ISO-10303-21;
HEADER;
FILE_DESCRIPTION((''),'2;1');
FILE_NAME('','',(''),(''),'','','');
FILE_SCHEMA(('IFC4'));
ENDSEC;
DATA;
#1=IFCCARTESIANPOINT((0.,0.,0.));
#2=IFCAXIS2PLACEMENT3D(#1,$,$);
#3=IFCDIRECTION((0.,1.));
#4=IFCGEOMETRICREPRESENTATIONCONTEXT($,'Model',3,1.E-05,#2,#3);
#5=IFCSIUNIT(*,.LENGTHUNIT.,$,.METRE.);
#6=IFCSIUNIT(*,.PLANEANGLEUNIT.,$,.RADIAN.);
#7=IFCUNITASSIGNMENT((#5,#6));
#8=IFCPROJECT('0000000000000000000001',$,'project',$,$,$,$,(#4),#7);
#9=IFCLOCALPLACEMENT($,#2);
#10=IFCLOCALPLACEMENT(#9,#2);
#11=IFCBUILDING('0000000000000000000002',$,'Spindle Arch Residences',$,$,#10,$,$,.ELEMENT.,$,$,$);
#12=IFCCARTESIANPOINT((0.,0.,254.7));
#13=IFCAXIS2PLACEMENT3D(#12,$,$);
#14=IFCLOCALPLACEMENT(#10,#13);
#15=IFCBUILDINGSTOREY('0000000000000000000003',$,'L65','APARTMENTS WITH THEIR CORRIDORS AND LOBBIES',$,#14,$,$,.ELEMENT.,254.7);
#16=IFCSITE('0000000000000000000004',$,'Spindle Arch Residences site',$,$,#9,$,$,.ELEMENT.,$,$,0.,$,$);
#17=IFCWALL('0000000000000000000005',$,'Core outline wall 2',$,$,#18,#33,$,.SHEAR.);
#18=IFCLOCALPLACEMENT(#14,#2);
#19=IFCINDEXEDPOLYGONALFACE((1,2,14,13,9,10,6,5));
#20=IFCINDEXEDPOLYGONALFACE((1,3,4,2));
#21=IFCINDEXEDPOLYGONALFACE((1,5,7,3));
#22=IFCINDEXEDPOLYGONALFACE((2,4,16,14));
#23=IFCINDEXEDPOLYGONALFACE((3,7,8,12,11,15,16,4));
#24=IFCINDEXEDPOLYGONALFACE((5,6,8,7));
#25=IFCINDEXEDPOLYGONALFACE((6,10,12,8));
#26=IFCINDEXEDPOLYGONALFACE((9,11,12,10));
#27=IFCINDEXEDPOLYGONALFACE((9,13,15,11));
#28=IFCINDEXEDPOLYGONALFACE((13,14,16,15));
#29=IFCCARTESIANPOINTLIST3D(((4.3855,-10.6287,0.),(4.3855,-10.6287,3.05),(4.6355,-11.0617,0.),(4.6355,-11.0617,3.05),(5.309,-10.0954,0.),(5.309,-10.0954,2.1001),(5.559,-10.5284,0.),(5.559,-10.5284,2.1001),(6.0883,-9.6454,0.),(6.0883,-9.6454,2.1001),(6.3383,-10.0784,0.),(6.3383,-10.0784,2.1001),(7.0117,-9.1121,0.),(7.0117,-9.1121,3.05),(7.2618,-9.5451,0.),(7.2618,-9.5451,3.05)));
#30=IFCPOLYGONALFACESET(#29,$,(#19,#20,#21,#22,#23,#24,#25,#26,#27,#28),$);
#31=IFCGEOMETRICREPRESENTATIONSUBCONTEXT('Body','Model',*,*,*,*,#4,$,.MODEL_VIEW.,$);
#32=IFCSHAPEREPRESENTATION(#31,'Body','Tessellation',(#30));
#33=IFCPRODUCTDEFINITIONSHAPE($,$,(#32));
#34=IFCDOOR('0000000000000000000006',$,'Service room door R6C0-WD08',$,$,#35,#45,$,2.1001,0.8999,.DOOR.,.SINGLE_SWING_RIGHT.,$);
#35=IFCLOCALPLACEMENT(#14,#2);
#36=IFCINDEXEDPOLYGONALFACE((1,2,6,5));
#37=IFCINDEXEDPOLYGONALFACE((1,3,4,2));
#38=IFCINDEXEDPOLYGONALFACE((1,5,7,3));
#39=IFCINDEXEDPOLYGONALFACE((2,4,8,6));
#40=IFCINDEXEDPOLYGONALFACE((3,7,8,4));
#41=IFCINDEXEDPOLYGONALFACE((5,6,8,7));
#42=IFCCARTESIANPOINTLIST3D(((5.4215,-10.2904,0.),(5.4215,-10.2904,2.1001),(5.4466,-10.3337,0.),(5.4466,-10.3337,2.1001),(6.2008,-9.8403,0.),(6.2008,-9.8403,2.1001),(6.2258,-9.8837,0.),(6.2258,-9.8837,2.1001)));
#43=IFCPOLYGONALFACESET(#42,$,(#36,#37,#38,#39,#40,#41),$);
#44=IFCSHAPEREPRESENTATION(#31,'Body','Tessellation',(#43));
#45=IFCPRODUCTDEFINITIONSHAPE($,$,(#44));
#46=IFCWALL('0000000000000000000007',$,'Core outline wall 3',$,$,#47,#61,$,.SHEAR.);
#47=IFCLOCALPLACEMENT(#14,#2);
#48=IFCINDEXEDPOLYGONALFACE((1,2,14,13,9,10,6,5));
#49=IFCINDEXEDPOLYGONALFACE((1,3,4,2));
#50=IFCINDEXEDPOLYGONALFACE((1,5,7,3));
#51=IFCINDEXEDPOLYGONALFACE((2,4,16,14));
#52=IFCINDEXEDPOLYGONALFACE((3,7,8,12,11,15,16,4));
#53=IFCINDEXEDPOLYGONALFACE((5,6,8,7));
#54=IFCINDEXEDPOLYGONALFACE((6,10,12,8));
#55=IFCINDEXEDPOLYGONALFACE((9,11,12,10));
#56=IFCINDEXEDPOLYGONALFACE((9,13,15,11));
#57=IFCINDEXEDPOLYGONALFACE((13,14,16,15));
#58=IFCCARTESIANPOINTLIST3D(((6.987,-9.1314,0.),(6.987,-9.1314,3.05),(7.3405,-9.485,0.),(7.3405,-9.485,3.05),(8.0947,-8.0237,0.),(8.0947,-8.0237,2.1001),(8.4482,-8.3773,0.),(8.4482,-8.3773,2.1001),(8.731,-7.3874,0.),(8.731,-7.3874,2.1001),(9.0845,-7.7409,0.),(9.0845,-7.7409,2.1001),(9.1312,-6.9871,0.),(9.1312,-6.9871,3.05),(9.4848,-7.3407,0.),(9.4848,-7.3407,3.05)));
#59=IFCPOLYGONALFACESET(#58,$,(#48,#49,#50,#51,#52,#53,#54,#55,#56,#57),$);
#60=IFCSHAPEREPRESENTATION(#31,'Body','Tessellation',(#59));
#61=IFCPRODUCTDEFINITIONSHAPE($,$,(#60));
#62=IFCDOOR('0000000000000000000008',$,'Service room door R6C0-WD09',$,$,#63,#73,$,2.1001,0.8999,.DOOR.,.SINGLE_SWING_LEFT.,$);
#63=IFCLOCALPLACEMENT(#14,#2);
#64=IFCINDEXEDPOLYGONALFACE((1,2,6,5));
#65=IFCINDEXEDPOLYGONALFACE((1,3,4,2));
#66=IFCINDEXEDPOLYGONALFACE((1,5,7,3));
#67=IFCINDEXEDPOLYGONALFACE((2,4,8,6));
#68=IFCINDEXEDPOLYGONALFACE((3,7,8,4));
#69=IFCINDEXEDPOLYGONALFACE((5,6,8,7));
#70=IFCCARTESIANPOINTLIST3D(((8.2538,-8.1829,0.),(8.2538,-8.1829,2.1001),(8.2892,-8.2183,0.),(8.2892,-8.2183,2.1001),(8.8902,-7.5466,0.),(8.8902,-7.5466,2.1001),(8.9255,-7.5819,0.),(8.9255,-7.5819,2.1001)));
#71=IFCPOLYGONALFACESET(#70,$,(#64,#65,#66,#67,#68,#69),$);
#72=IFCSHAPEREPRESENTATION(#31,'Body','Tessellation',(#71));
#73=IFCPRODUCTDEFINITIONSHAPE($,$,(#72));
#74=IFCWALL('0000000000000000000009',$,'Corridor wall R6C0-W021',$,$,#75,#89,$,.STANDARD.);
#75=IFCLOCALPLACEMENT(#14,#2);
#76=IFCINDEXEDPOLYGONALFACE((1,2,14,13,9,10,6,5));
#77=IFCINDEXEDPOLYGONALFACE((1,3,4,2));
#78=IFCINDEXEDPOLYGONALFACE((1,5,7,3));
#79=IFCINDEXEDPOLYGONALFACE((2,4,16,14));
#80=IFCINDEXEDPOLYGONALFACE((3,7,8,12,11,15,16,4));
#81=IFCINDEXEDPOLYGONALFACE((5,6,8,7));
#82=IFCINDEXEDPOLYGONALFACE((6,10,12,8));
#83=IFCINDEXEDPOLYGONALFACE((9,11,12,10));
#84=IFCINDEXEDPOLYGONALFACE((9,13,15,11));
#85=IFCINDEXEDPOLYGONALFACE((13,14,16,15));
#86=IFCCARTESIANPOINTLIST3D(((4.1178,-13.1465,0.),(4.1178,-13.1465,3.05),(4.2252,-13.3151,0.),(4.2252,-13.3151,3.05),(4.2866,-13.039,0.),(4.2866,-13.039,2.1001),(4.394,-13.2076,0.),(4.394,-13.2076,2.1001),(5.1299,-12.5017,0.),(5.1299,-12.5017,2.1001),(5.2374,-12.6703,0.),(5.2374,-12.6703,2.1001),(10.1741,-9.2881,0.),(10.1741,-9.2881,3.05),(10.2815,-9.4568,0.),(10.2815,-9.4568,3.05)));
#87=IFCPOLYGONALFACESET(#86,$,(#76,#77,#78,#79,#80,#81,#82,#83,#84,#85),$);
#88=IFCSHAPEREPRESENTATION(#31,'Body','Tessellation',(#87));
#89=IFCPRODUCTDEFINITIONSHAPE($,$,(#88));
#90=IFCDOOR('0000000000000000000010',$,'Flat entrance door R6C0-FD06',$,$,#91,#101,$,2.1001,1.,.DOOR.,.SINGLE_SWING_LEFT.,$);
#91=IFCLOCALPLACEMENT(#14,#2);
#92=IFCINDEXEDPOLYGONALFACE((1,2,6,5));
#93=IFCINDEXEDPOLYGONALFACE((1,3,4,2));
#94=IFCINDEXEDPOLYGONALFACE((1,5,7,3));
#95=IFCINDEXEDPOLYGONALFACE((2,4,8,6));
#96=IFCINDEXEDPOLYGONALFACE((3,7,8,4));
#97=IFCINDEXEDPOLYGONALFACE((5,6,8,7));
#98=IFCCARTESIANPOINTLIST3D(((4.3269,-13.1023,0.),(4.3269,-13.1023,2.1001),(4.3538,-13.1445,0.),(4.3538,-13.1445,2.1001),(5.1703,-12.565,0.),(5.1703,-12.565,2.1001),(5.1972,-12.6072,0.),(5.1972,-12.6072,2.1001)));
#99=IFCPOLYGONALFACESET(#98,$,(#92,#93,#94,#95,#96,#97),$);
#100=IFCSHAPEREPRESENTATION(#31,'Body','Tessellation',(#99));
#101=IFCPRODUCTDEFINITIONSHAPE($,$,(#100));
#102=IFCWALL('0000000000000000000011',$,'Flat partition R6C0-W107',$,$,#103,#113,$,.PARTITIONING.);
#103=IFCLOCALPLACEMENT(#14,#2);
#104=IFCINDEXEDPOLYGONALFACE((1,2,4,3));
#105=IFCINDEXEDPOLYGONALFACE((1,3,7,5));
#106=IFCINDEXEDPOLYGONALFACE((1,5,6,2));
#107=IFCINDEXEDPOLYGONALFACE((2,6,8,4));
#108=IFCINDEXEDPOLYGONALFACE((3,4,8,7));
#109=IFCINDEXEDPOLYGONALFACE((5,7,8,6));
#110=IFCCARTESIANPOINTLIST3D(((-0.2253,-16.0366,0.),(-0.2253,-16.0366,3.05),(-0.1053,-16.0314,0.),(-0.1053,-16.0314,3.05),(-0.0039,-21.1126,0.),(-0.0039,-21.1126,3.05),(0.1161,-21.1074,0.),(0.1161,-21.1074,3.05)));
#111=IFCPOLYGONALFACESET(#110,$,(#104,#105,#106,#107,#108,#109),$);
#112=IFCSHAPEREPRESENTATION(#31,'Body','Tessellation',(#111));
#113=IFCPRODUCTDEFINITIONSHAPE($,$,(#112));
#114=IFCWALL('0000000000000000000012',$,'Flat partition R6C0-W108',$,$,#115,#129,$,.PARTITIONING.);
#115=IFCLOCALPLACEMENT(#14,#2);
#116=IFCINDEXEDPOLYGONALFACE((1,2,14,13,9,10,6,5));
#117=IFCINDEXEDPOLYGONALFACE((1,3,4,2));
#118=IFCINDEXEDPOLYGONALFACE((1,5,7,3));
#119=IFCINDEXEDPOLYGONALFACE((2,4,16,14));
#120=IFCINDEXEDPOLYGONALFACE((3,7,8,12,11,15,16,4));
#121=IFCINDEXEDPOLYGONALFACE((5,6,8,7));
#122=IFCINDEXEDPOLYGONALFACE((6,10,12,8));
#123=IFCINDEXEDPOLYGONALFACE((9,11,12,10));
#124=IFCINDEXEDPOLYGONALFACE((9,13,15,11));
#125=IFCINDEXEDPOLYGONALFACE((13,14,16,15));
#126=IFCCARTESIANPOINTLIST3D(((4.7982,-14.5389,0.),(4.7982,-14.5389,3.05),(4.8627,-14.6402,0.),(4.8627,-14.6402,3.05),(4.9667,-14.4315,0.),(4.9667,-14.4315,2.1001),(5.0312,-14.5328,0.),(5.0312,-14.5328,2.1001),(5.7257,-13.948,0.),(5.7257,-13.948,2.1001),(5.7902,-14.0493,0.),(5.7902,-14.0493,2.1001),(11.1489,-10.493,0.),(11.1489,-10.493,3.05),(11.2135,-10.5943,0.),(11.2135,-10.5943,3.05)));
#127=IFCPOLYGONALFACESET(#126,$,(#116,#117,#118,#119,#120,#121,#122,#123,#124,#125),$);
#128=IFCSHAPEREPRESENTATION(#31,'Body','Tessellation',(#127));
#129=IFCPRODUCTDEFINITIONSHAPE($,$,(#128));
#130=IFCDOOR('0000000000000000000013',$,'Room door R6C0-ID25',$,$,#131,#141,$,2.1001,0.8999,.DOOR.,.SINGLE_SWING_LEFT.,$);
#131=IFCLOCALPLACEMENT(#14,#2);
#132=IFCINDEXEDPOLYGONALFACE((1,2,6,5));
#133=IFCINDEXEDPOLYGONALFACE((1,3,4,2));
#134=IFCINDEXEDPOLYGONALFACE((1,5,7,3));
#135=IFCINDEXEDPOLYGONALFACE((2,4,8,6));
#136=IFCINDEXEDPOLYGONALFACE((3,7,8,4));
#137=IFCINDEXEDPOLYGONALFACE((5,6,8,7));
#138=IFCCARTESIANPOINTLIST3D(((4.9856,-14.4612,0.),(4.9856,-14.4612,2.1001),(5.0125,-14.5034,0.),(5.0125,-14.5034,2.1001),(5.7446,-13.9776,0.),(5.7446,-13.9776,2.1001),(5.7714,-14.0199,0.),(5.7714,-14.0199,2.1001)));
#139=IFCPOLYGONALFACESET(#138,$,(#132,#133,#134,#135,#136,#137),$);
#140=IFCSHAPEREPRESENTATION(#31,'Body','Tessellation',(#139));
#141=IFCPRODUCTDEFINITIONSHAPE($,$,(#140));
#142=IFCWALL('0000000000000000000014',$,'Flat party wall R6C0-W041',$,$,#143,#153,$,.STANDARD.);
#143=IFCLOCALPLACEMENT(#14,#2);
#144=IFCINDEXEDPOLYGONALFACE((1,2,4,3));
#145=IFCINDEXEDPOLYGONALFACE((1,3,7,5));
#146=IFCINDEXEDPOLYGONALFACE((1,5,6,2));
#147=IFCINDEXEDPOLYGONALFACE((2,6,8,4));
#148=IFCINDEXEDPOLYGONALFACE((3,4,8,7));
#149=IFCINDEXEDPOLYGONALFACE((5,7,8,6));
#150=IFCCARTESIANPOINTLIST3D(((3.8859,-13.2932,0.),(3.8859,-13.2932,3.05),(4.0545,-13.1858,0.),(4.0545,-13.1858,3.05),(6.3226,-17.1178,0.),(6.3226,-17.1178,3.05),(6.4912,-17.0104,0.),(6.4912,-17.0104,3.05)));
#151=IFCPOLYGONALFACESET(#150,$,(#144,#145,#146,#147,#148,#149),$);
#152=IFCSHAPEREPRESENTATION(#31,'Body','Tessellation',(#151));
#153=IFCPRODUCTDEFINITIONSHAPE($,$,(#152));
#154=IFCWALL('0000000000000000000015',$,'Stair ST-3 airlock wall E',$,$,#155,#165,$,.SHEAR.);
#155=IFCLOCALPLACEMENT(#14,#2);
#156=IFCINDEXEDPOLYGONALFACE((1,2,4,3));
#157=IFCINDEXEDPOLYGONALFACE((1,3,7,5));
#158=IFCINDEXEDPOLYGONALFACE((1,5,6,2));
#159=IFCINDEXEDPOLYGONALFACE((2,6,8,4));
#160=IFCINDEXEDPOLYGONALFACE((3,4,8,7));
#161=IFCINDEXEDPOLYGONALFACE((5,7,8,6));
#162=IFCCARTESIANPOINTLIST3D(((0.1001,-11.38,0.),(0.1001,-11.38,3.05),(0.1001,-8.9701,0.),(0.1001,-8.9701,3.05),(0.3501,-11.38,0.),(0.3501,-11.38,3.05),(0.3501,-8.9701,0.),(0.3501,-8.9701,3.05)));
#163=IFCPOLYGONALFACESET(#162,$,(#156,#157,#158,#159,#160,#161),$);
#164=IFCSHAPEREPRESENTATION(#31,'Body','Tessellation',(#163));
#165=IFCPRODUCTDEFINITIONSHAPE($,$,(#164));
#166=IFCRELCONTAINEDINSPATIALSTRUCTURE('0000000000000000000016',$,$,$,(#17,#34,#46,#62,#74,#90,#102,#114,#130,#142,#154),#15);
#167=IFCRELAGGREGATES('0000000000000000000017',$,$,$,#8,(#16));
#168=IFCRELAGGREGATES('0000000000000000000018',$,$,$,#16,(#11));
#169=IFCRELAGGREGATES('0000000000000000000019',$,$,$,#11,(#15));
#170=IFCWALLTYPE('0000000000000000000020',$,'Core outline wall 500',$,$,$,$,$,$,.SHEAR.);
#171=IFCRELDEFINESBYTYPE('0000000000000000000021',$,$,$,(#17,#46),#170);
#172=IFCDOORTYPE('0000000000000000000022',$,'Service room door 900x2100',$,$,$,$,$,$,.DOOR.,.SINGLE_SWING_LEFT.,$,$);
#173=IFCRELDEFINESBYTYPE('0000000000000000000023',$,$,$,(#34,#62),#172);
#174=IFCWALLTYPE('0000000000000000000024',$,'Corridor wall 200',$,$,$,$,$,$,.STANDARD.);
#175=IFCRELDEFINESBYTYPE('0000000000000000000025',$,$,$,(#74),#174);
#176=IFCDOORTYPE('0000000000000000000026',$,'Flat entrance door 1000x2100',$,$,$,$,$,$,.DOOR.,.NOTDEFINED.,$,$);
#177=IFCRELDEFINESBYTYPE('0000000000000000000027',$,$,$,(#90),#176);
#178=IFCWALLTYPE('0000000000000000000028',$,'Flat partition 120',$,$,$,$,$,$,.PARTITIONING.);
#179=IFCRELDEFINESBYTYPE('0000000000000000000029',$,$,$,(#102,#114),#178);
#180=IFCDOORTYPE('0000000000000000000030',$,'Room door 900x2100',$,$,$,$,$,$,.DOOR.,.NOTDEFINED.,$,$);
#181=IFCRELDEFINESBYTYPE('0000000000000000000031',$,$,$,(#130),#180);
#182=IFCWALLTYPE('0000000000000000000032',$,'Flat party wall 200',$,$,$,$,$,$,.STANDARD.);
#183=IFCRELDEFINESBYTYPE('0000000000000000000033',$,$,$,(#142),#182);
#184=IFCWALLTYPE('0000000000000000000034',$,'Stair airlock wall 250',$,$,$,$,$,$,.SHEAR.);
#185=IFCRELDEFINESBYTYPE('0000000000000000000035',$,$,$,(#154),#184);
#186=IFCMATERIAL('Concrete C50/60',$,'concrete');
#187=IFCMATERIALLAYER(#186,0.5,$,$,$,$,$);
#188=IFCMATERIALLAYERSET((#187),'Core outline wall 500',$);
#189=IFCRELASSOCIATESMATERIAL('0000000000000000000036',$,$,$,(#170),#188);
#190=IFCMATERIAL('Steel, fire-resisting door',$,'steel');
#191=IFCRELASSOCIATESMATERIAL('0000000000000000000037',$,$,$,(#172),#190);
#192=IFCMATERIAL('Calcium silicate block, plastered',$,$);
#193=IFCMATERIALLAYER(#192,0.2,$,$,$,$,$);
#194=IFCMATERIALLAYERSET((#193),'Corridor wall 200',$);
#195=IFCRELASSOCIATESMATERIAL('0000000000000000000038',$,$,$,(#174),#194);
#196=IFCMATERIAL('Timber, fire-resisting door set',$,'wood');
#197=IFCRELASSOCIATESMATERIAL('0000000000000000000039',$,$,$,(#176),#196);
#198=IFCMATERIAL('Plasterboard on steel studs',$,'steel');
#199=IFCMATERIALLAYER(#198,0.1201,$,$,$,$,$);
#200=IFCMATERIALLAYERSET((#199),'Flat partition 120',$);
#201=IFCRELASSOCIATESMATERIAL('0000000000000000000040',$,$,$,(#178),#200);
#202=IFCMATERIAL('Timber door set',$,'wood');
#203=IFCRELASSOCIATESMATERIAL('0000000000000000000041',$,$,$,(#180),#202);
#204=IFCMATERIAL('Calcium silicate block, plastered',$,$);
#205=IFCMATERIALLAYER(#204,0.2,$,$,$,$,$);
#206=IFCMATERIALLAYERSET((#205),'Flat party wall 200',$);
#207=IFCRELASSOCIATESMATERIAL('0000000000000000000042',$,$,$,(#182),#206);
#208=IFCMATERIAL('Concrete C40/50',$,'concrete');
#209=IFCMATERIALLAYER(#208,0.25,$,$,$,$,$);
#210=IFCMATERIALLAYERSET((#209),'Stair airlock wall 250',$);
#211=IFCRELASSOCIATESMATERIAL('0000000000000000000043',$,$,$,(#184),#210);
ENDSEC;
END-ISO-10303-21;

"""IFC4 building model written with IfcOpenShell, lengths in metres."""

from ifc_helpers import new_model, si_unit, direction, frame, frame_2d, origin, place, context, subcontext, project, spatial, rectangle, extrude, material, layer, layer_set, type_object, element, fill, save


model = new_model("IFC4")

# Units and contexts
model_context = context("Model", 3, precision=1e-05, world=origin(), true_north=direction((0.0, 1.0)))
body_context = subcontext(model_context, "Body", "Model", "MODEL_VIEW")
ifc_project = project(units=[si_unit("LENGTHUNIT", "METRE"), si_unit("PLANEANGLEUNIT", "RADIAN")], contexts=[model_context])

# Site, building, storey
site_placement = place(None, origin())
site = spatial("IfcSite", under=ifc_project, at=site_placement, Name="Spindle Arch Residences site", CompositionType="ELEMENT", RefElevation=0.0)
building_placement = place(site_placement, origin())
building = spatial("IfcBuilding", under=site, at=building_placement, Name="Spindle Arch Residences", CompositionType="ELEMENT")
storey_placement = place(building_placement, frame((0.0, 0.0, 254.7)))
storey = spatial("IfcBuildingStorey", under=building, at=storey_placement, Name="L65", Description="APARTMENTS WITH THEIR CORRIDORS AND LOBBIES", CompositionType="ELEMENT", Elevation=254.7)

# Shared definitions
ifc_material_1 = material(Name="Concrete C50/60", Category="concrete")
ifc_layer_1 = layer(ifc_material_1, 0.5)
ifc_layer_set_1 = layer_set([ifc_layer_1], Name="Core outline wall 500")
wall_type_1 = type_object("IfcWallType", Name="Core outline wall 500", PredefinedType="SHEAR", material=ifc_layer_set_1)

# Walls, openings, doors
wall_1_placement = place(storey_placement, frame((4.5105, -10.8452, 0.0), z_axis=(0.0, 0.0, 1.0), x_axis=(0.865975, 0.500087, 0.0)))
wall_1 = element("IfcWall", 1, at=wall_1_placement, inside=storey, type_object=wall_type_1, Name="Core outline wall 2", PredefinedType="SHEAR", context=body_context, shape_type="SweptSolid", body=[
    extrude(rectangle(XDim=3.0327, YDim=0.5, at=frame_2d((1.5164, 0.0))), origin(), (0.0, 0.0, 1.0), 3.05),
])
opening_1_placement = place(wall_1_placement, frame((1.0664, 0.0, 0.0)))
opening_1 = element("IfcOpeningElement", 2, at=opening_1_placement, cuts=wall_1, PredefinedType="OPENING", context=body_context, shape_type="SweptSolid", body=[
    extrude(rectangle(XDim=0.8999, YDim=2.1001, at=frame_2d((0.45, 1.05))), frame((0.0, 0.26, 0.0), z_axis=(0.0, -1.0, 0.0), x_axis=(1.0, 0.0, 0.0)), (0.0, 0.0, 1.0), 0.52),
])
ifc_material_2 = material(Name="Steel, fire-resisting door", Category="steel")
door_type_1 = type_object("IfcDoorType", Name="Service room door 900x2100", OperationType="SINGLE_SWING_LEFT", PredefinedType="DOOR", material=ifc_material_2)
door_1_placement = place(opening_1_placement, origin())
door_1 = element("IfcDoor", 3, at=door_1_placement, inside=storey, type_object=door_type_1, Name="Service room door R6C0-WD08", OperationType="SINGLE_SWING_RIGHT", OverallHeight=2.1001, OverallWidth=0.8999, PredefinedType="DOOR", context=body_context, shape_type="SweptSolid", body=[
    extrude(rectangle(XDim=0.8999, YDim=2.1001, at=frame_2d((0.45, 1.05))), frame((0.0, 0.0249, 0.0), z_axis=(0.0, -1.0, 0.0), x_axis=(1.0, 0.0, 0.0)), (0.0, 0.0, 1.0), 0.05),
])
fill(opening_1, door_1)
wall_2_placement = place(storey_placement, frame((7.1638, -9.3081, 0.0), z_axis=(0.0, 0.0, 1.0), x_axis=(0.707107, 0.707107, 0.0)))
wall_2 = element("IfcWall", 4, at=wall_2_placement, inside=storey, type_object=wall_type_1, Name="Core outline wall 3", PredefinedType="SHEAR", context=body_context, shape_type="SweptSolid", body=[
    extrude(rectangle(XDim=3.0325, YDim=0.5, at=frame_2d((1.5161, 0.0))), origin(), (0.0, 0.0, 1.0), 3.05),
])
opening_2_placement = place(wall_2_placement, frame((1.5664, 0.0, 0.0)))
opening_2 = element("IfcOpeningElement", 5, at=opening_2_placement, cuts=wall_2, PredefinedType="OPENING", context=body_context, shape_type="SweptSolid", body=[
    extrude(rectangle(XDim=0.8999, YDim=2.1001, at=frame_2d((0.45, 1.05))), frame((0.0, 0.26, 0.0), z_axis=(0.0, -1.0, 0.0), x_axis=(1.0, 0.0, 0.0)), (0.0, 0.0, 1.0), 0.52),
])
door_2_placement = place(opening_2_placement, origin())
door_2 = element("IfcDoor", 6, at=door_2_placement, inside=storey, type_object=door_type_1, Name="Service room door R6C0-WD09", OperationType="SINGLE_SWING_LEFT", OverallHeight=2.1001, OverallWidth=0.8999, PredefinedType="DOOR", context=body_context, shape_type="SweptSolid", body=[
    extrude(rectangle(XDim=0.8999, YDim=2.1001, at=frame_2d((0.45, 1.05))), frame((0.0, 0.0249, 0.0), z_axis=(0.0, -1.0, 0.0), x_axis=(1.0, 0.0, 0.0)), (0.0, 0.0, 1.0), 0.05),
])
fill(opening_2, door_2)
ifc_material_3 = material(Name="Calcium silicate block, plastered")
ifc_layer_2 = layer(ifc_material_3, 0.2)
ifc_layer_set_2 = layer_set([ifc_layer_2], Name="Corridor wall 200")
wall_type_2 = type_object("IfcWallType", Name="Corridor wall 200", PredefinedType="STANDARD", material=ifc_layer_set_2)
wall_3_placement = place(storey_placement, frame((4.1716, -13.2307, 0.0), z_axis=(0.0, 0.0, 1.0), x_axis=(0.843388, 0.537304, 0.0)))
wall_3 = element("IfcWall", 7, at=wall_3_placement, inside=storey, type_object=wall_type_2, Name="Corridor wall R6C0-W021", PredefinedType="STANDARD", context=body_context, shape_type="SweptSolid", body=[
    extrude(rectangle(XDim=7.1809, YDim=0.2, at=frame_2d((3.5903, 0.0))), origin(), (0.0, 0.0, 1.0), 3.05),
])
opening_3_placement = place(wall_3_placement, frame((0.2, 0.0, 0.0)))
opening_3 = element("IfcOpeningElement", 8, at=opening_3_placement, cuts=wall_3, PredefinedType="OPENING", context=body_context, shape_type="SweptSolid", body=[
    extrude(rectangle(XDim=1.0, YDim=2.1001, at=frame_2d((0.5, 1.05))), frame((0.0, 0.1099, 0.0), z_axis=(0.0, -1.0, 0.0), x_axis=(1.0, 0.0, 0.0)), (0.0, 0.0, 1.0), 0.22),
])
ifc_material_4 = material(Name="Timber, fire-resisting door set", Category="wood")
door_type_2 = type_object("IfcDoorType", Name="Flat entrance door 1000x2100", OperationType="NOTDEFINED", PredefinedType="DOOR", material=ifc_material_4)
door_3_placement = place(opening_3_placement, origin())
door_3 = element("IfcDoor", 9, at=door_3_placement, inside=storey, type_object=door_type_2, Name="Flat entrance door R6C0-FD06", OperationType="SINGLE_SWING_LEFT", OverallHeight=2.1001, OverallWidth=1.0, PredefinedType="DOOR", context=body_context, shape_type="SweptSolid", body=[
    extrude(rectangle(XDim=1.0, YDim=2.1001, at=frame_2d((0.5, 1.05))), frame((0.0, 0.0249, 0.0), z_axis=(0.0, -1.0, 0.0), x_axis=(1.0, 0.0, 0.0)), (0.0, 0.0, 1.0), 0.05),
])
fill(opening_3, door_3)

# Wall
ifc_material_5 = material(Name="Plasterboard on steel studs", Category="steel")
ifc_layer_3 = layer(ifc_material_5, 0.1201)
ifc_layer_set_3 = layer_set([ifc_layer_3], Name="Flat partition 120")
wall_type_3 = type_object("IfcWallType", Name="Flat partition 120", PredefinedType="PARTITIONING", material=ifc_layer_set_3)
wall_4_placement = place(storey_placement, frame((0.0562, -21.1101, 0.0), z_axis=(0.0, 0.0, 1.0), x_axis=(-0.043583, 0.99905, 0.0)))
element("IfcWall", 10, at=wall_4_placement, inside=storey, type_object=wall_type_3, Name="Flat partition R6C0-W107", PredefinedType="PARTITIONING", context=body_context, shape_type="SweptSolid", body=[
    extrude(rectangle(XDim=5.0808, YDim=0.1201, at=frame_2d((2.5405, 0.0))), origin(), (0.0, 0.0, 1.0), 3.05),
])

# Wall, opening, door
wall_5_placement = place(storey_placement, frame((4.8303, -14.5896, 0.0), z_axis=(0.0, 0.0, 1.0), x_axis=(0.843393, 0.537297, 0.0)))
wall_5 = element("IfcWall", 11, at=wall_5_placement, inside=storey, type_object=wall_type_3, Name="Flat partition R6C0-W108", PredefinedType="PARTITIONING", context=body_context, shape_type="SweptSolid", body=[
    extrude(rectangle(XDim=7.53, YDim=0.1201, at=frame_2d((3.7651, 0.0))), origin(), (0.0, 0.0, 1.0), 3.05),
])
opening_4_placement = place(wall_5_placement, frame((0.2, 0.0, 0.0)))
opening_4 = element("IfcOpeningElement", 12, at=opening_4_placement, cuts=wall_5, PredefinedType="OPENING", context=body_context, shape_type="SweptSolid", body=[
    extrude(rectangle(XDim=0.8999, YDim=2.1001, at=frame_2d((0.45, 1.05))), frame((0.0, 0.0701, 0.0), z_axis=(0.0, -1.0, 0.0), x_axis=(1.0, 0.0, 0.0)), (0.0, 0.0, 1.0), 0.1401),
])
ifc_material_6 = material(Name="Timber door set", Category="wood")
door_type_3 = type_object("IfcDoorType", Name="Room door 900x2100", OperationType="NOTDEFINED", PredefinedType="DOOR", material=ifc_material_6)
door_4_placement = place(opening_4_placement, origin())
door_4 = element("IfcDoor", 13, at=door_4_placement, inside=storey, type_object=door_type_3, Name="Room door R6C0-ID25", OperationType="SINGLE_SWING_LEFT", OverallHeight=2.1001, OverallWidth=0.8999, PredefinedType="DOOR", context=body_context, shape_type="SweptSolid", body=[
    extrude(rectangle(XDim=0.8999, YDim=2.1001, at=frame_2d((0.45, 1.05))), frame((0.0, 0.0249, 0.0), z_axis=(0.0, -1.0, 0.0), x_axis=(1.0, 0.0, 0.0)), (0.0, 0.0, 1.0), 0.05),
])
fill(opening_4, door_4)

# Wall
ifc_material_7 = material(Name="Calcium silicate block, plastered")
ifc_layer_4 = layer(ifc_material_7, 0.2)
ifc_layer_set_4 = layer_set([ifc_layer_4], Name="Flat party wall 200")
wall_type_4 = type_object("IfcWallType", Name="Flat party wall 200", PredefinedType="STANDARD", material=ifc_layer_set_4)
wall_6_placement = place(storey_placement, frame((6.407, -17.0642, 0.0), z_axis=(0.0, 0.0, 1.0), x_axis=(-0.537325, 0.843375, 0.0)))
element("IfcWall", 14, at=wall_6_placement, inside=storey, type_object=wall_type_4, Name="Flat party wall R6C0-W041", PredefinedType="STANDARD", context=body_context, shape_type="SweptSolid", body=[
    extrude(rectangle(XDim=4.5349, YDim=0.2, at=frame_2d((2.2676, 0.0))), origin(), (0.0, 0.0, 1.0), 3.05),
])

# Wall
ifc_material_8 = material(Name="Concrete C40/50", Category="concrete")
ifc_layer_5 = layer(ifc_material_8, 0.25)
ifc_layer_set_5 = layer_set([ifc_layer_5], Name="Stair airlock wall 250")
wall_type_5 = type_object("IfcWallType", Name="Stair airlock wall 250", PredefinedType="SHEAR", material=ifc_layer_set_5)
wall_7_placement = place(storey_placement, frame((0.2251, -8.97, 0.0), z_axis=(0.0, 0.0, 1.0), x_axis=(0.0, -1.0, 0.0)))
element("IfcWall", 15, at=wall_7_placement, inside=storey, type_object=wall_type_5, Name="Stair ST-3 airlock wall E", PredefinedType="SHEAR", context=body_context, shape_type="SweptSolid", body=[
    extrude(rectangle(XDim=2.4099, YDim=0.25, at=frame_2d((1.2051, 0.0))), origin(), (0.0, 0.0, 1.0), 3.05),
])

save(model, "model.ifc")
